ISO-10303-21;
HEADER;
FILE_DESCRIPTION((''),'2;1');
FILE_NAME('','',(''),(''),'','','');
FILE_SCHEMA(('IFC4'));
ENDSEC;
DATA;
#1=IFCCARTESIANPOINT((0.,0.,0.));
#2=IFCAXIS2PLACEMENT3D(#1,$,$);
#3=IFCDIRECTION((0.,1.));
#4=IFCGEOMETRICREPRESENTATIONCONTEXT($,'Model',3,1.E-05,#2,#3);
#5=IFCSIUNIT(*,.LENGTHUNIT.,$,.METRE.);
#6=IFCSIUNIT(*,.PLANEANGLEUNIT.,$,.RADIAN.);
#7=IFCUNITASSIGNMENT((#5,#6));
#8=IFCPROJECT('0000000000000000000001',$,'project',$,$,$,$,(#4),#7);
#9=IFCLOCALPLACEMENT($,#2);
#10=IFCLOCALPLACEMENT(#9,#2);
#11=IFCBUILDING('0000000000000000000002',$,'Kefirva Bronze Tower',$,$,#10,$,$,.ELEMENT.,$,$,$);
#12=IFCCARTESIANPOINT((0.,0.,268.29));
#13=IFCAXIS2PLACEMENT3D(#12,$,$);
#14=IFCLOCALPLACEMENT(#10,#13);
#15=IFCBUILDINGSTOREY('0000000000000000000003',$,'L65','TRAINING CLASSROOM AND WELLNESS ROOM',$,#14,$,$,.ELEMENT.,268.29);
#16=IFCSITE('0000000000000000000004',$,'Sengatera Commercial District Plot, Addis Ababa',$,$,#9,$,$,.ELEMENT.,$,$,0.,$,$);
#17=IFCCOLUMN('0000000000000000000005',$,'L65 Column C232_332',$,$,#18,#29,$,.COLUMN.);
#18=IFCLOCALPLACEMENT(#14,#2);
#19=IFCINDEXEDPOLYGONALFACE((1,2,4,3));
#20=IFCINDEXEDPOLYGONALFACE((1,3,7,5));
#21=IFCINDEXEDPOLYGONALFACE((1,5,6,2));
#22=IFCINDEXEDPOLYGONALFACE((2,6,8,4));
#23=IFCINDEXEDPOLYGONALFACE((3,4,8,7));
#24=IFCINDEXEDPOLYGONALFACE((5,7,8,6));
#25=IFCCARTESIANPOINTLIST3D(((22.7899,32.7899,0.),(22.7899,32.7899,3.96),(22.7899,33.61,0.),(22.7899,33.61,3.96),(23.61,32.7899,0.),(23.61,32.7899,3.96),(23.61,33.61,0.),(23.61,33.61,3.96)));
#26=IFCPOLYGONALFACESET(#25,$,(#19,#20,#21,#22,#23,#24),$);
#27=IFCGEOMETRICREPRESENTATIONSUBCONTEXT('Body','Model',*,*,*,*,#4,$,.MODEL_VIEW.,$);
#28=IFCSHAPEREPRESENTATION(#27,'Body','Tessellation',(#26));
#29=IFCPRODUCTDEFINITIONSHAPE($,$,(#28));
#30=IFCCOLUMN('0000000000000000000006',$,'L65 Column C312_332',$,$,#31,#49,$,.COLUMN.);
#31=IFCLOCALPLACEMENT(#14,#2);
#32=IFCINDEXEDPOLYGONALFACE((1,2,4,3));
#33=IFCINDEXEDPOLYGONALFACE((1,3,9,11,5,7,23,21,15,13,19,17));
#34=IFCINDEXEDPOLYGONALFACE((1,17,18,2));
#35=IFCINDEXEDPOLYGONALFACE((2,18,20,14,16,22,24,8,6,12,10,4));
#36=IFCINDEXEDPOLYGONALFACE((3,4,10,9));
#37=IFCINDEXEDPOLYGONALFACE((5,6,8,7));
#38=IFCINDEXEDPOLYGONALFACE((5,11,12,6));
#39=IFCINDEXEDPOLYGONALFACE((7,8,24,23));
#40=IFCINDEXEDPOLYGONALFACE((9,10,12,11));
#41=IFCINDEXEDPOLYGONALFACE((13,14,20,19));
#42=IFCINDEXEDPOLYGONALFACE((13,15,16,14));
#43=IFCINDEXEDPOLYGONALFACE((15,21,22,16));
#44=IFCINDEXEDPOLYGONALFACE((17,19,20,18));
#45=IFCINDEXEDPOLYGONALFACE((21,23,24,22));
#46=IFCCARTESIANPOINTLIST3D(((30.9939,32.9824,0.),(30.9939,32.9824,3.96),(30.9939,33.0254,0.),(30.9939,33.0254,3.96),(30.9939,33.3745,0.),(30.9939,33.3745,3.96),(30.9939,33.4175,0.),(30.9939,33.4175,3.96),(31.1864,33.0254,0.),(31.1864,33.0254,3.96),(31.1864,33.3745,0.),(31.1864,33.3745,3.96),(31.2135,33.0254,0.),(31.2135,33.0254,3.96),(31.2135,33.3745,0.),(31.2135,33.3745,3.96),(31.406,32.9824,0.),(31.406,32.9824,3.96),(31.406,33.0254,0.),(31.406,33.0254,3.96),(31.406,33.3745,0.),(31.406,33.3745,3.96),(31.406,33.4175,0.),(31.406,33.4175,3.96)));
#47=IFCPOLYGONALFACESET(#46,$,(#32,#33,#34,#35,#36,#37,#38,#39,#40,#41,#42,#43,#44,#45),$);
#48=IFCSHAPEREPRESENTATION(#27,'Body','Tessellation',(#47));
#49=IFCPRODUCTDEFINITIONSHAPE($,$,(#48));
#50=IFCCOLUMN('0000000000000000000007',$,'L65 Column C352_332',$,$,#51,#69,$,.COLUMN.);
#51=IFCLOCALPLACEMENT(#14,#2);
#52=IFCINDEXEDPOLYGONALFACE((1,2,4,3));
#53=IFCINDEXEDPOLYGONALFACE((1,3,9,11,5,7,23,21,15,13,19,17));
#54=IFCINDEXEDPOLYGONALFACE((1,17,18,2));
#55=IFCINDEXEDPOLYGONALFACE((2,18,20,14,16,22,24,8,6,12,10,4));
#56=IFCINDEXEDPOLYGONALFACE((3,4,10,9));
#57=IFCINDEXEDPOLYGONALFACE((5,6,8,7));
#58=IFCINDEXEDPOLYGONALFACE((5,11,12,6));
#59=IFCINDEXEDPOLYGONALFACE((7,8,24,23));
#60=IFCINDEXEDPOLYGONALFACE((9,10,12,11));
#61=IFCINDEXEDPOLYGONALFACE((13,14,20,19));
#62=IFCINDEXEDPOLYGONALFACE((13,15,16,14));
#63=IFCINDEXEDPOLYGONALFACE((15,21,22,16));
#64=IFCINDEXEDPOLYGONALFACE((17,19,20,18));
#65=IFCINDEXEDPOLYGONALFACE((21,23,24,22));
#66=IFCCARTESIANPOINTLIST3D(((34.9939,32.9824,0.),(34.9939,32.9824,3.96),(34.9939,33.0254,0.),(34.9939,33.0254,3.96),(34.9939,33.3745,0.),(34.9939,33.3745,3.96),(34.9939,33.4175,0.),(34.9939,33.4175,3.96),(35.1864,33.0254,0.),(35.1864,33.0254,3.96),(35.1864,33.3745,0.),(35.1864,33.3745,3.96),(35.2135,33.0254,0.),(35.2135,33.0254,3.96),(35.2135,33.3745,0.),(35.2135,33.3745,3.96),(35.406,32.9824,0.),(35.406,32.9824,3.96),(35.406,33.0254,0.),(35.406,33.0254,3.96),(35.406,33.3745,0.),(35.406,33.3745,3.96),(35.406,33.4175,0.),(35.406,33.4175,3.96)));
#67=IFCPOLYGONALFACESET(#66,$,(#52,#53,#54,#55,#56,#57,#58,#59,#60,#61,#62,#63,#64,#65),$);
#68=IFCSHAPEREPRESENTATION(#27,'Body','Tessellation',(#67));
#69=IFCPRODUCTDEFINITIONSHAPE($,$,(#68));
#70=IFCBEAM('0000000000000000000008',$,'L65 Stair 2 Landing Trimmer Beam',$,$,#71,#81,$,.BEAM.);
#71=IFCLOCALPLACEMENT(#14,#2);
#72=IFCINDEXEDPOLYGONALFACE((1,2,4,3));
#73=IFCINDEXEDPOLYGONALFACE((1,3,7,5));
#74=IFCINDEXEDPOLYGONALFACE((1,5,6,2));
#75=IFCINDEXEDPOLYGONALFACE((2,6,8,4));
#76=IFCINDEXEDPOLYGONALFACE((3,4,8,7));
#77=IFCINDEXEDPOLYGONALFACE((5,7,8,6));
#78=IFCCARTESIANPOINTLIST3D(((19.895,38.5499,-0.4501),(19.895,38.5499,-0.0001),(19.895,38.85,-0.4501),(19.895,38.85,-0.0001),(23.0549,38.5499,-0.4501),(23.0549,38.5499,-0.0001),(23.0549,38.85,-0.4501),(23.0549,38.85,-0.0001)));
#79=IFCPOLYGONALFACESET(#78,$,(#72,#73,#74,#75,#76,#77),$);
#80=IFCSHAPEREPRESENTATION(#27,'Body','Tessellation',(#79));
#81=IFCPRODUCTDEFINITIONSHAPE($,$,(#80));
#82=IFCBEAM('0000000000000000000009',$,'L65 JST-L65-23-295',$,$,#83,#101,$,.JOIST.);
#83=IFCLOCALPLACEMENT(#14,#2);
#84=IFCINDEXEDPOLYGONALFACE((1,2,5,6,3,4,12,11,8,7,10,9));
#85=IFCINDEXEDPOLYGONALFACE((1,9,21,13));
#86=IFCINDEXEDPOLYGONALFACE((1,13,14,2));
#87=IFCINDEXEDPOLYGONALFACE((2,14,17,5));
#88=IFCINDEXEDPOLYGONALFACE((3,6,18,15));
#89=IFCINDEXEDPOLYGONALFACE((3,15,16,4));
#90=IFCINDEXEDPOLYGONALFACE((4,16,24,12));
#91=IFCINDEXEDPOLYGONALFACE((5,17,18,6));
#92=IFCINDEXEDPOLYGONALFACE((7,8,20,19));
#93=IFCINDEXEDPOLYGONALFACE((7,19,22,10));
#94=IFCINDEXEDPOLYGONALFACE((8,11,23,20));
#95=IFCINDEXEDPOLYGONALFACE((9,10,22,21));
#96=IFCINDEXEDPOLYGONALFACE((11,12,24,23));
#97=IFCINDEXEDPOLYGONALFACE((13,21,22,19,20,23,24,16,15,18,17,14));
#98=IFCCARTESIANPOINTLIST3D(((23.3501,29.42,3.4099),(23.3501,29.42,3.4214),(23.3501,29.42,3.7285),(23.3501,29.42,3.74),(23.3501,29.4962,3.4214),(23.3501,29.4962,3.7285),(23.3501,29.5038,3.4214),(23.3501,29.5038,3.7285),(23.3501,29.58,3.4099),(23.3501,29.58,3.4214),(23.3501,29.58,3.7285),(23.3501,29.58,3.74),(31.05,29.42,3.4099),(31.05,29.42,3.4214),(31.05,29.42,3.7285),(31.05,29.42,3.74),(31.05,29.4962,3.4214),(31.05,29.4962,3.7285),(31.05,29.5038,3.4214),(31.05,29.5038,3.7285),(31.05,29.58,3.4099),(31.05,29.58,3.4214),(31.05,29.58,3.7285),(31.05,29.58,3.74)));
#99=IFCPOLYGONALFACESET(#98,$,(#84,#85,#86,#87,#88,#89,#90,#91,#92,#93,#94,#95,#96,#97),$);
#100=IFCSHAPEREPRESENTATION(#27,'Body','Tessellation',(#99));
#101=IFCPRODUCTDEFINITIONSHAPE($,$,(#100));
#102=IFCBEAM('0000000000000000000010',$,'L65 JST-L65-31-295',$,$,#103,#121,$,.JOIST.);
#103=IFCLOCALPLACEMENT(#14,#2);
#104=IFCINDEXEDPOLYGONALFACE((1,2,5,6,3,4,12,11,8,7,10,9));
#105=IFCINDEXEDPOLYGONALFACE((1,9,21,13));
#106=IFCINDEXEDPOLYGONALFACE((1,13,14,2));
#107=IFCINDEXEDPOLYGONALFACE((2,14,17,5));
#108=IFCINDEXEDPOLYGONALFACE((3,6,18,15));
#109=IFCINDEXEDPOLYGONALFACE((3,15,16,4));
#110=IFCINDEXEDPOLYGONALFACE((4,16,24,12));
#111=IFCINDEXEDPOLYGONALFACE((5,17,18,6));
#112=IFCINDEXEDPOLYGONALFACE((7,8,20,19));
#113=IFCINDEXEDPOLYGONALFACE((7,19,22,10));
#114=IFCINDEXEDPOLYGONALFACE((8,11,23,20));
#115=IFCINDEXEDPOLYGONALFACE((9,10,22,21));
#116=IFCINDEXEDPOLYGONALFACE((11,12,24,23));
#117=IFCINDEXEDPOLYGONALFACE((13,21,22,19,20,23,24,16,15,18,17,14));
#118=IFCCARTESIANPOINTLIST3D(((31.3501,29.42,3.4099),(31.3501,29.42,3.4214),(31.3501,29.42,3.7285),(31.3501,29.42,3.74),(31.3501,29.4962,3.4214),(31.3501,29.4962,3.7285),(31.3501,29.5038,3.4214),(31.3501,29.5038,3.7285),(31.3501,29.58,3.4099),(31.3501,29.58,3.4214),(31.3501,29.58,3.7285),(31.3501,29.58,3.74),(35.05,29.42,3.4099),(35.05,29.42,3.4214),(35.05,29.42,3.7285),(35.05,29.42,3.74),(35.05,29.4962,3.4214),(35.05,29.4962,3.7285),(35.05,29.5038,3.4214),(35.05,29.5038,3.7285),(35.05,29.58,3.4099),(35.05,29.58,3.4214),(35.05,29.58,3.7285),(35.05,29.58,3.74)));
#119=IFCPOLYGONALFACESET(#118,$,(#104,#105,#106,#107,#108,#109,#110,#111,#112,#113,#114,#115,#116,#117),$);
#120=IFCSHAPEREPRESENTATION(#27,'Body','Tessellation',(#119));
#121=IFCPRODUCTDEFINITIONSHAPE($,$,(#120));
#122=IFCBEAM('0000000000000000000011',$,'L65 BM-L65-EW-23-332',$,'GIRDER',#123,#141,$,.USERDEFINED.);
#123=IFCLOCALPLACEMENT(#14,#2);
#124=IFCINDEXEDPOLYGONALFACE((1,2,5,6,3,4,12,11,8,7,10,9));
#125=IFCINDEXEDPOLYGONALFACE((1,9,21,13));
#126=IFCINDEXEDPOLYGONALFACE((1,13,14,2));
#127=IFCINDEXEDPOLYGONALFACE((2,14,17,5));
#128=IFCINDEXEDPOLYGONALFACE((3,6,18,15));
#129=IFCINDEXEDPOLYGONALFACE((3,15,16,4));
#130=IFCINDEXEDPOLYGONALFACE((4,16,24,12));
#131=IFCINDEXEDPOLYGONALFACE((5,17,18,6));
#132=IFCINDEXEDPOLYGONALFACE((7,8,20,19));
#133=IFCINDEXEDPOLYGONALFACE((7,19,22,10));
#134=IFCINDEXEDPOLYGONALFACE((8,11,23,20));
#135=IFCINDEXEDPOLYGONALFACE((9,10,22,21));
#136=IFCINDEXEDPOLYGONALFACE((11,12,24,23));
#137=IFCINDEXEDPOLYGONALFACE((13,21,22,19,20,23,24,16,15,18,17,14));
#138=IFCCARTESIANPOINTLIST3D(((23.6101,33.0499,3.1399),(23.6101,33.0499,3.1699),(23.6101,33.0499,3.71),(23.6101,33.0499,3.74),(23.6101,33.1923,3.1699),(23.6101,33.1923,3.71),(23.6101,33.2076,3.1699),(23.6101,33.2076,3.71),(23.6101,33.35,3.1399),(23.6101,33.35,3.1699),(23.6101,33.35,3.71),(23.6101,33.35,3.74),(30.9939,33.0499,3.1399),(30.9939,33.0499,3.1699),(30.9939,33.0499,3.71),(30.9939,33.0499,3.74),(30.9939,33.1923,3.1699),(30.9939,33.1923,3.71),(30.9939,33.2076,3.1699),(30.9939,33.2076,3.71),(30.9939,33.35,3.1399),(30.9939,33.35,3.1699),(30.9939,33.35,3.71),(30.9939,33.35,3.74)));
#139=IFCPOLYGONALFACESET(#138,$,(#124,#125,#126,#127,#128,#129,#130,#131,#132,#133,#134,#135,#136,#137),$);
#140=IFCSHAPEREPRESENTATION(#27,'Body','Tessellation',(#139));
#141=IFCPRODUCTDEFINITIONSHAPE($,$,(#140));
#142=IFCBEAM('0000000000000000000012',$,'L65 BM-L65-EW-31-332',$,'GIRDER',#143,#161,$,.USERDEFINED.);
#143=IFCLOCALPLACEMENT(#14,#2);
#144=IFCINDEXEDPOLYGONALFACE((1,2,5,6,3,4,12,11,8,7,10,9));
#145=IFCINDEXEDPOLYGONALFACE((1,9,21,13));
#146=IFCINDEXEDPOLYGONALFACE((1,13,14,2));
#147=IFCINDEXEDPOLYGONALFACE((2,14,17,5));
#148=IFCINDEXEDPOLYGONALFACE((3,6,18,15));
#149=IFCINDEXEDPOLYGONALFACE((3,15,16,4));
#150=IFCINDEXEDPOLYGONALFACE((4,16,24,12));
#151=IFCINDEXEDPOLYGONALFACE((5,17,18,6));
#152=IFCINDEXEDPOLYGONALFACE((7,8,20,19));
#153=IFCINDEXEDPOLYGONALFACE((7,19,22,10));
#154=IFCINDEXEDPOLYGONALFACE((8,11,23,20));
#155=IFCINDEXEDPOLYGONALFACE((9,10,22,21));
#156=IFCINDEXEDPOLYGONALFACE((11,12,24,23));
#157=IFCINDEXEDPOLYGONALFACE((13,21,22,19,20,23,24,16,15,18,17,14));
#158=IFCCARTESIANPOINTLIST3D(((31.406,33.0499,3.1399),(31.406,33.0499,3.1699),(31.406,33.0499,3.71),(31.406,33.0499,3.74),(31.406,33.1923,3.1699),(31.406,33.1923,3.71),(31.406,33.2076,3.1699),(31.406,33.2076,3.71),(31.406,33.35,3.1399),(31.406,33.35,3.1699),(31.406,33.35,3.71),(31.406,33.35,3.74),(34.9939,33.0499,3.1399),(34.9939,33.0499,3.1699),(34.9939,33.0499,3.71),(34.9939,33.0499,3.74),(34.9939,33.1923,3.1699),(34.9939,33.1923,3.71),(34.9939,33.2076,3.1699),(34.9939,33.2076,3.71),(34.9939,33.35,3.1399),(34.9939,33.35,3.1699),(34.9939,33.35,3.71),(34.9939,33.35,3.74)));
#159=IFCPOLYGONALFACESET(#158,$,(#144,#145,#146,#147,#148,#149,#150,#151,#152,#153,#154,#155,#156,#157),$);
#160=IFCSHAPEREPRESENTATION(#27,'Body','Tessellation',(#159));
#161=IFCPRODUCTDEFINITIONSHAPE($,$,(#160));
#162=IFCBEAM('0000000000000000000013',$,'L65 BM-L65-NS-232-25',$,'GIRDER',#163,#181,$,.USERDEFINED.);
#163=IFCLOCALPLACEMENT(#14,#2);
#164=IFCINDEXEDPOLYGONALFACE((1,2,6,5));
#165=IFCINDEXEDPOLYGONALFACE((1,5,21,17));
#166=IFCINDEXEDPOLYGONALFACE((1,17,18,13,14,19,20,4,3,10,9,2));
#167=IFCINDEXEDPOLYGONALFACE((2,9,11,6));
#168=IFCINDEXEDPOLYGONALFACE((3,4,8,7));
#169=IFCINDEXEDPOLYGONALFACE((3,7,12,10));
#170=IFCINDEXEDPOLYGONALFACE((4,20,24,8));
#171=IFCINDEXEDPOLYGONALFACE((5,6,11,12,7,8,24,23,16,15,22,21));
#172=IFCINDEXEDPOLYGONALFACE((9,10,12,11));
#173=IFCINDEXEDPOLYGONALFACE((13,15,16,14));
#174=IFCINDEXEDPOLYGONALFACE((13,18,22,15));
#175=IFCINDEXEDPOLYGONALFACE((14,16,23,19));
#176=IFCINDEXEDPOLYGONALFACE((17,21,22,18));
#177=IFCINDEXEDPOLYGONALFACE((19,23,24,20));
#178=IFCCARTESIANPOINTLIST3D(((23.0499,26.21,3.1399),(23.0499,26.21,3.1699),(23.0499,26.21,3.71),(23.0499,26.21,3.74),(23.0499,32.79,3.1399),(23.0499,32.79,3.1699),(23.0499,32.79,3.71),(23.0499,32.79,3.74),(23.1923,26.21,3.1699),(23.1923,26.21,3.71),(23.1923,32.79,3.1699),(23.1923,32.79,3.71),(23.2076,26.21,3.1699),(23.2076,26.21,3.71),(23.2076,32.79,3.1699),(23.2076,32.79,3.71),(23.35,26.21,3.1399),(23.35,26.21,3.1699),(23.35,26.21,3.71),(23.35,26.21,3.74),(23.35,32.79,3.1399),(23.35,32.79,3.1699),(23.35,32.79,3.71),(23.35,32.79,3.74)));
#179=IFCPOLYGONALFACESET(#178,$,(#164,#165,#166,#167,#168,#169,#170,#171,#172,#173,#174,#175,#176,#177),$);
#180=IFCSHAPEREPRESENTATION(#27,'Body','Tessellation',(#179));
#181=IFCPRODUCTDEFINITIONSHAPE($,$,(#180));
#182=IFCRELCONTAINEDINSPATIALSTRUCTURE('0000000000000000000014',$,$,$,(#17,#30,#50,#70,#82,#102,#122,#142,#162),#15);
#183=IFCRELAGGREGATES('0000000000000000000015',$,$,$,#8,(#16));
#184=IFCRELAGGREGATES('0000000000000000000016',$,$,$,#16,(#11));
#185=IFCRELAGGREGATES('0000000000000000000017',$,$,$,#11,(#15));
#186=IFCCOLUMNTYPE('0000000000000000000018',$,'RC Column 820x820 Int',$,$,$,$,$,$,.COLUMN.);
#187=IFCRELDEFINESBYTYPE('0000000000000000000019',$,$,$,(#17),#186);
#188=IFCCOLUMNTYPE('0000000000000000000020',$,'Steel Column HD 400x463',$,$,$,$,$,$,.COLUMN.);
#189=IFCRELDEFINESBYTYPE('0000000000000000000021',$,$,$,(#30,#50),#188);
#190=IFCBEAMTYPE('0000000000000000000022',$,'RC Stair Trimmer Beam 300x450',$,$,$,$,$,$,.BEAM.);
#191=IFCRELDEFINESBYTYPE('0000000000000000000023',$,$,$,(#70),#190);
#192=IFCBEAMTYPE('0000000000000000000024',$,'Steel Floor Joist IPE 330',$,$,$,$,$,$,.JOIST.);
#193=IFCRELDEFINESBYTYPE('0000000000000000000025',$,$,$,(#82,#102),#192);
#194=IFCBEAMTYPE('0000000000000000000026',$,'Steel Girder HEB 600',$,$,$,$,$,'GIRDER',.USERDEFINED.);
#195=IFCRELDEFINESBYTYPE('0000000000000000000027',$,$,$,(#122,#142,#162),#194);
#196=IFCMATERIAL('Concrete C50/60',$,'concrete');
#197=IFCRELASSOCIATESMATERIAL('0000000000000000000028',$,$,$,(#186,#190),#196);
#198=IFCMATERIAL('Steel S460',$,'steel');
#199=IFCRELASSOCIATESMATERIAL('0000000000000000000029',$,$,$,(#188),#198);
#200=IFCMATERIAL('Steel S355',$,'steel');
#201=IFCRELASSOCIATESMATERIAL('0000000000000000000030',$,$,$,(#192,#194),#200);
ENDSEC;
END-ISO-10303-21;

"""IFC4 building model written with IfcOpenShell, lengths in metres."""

from ifc_helpers import new_model, si_unit, direction, frame, origin, origin_2d, place, context, subcontext, project, spatial, rectangle, i_section, extrude, material, material_profile, profile_set, type_object, element, save


model = new_model("IFC4")

# Units and contexts
model_context = context("Model", 3, precision=1e-05, world=origin(), true_north=direction((0.0, 1.0)))
body_context = subcontext(model_context, "Body", "Model", "MODEL_VIEW")
ifc_project = project(units=[si_unit("LENGTHUNIT", "METRE"), si_unit("PLANEANGLEUNIT", "RADIAN")], contexts=[model_context])

# Site, building, storey
site_placement = place(None, origin())
site = spatial("IfcSite", under=ifc_project, at=site_placement, Name="Sengatera Commercial District Plot, Addis Ababa", CompositionType="ELEMENT", RefElevation=0.0)
building_placement = place(site_placement, origin())
building = spatial("IfcBuilding", under=site, at=building_placement, Name="Kefirva Bronze Tower", CompositionType="ELEMENT")
storey_placement = place(building_placement, frame((0.0, 0.0, 268.29)))
storey = spatial("IfcBuildingStorey", under=building, at=storey_placement, Name="L65", Description="TRAINING CLASSROOM AND WELLNESS ROOM", CompositionType="ELEMENT", Elevation=268.29)

# Columns
ifc_material_1 = material(Name="Concrete C50/60", Category="concrete")
ifc_material_profile_1 = material_profile(ifc_material_1, rectangle(XDim=0.8201, YDim=0.8201, at=origin_2d()), Name="RC 820x820")
ifc_profile_set_1 = profile_set([ifc_material_profile_1], Name="Concrete C50/60")
column_type_1 = type_object("IfcColumnType", Name="RC Column 820x820 Int", PredefinedType="COLUMN", material=ifc_profile_set_1)
column_placement = place(storey_placement, frame((23.2, 33.2, 0.0), z_axis=(0.0, 0.0, 1.0), x_axis=(1.0, 0.0, 0.0)))
element("IfcColumn", 1, at=column_placement, inside=storey, type_object=column_type_1, Name="L65 Column C232_332", PredefinedType="COLUMN", context=body_context, shape_type="SweptSolid", body=[
    extrude(rectangle(XDim=0.8201, YDim=0.8201, at=origin_2d()), origin(), (0.0, 0.0, 1.0), 3.96),
])
ifc_material_2 = material(Name="Steel S460", Category="steel")
ifc_material_profile_2 = material_profile(ifc_material_2, i_section(OverallWidth=0.4121, OverallDepth=0.4351, WebThickness=0.0271, FlangeThickness=0.043, at=origin_2d()), Name="HD 400x463")
ifc_profile_set_2 = profile_set([ifc_material_profile_2], Name="Steel S460")
column_type_2 = type_object("IfcColumnType", Name="Steel Column HD 400x463", PredefinedType="COLUMN", material=ifc_profile_set_2)
for number, where, z_axis, x_axis, name in (
    (2, (31.2, 33.2, 0.0), (0.0, 0.0, 1.0), (1.0, 0.0, 0.0), "L65 Column C312_332"),
    (3, (35.2, 33.2, 0.0), (0.0, 0.0, 1.0), (1.0, 0.0, 0.0), "L65 Column C352_332"),
):
    element("IfcColumn", number, at=place(storey_placement, frame(where, z_axis=z_axis, x_axis=x_axis)), inside=storey, type_object=column_type_2, Name=name, PredefinedType="COLUMN", context=body_context, shape_type="SweptSolid", body=[
        extrude(i_section(OverallWidth=0.4121, OverallDepth=0.4351, WebThickness=0.0271, FlangeThickness=0.043, at=origin_2d()), origin(), (0.0, 0.0, 1.0), 3.96),
    ])

# Beams
ifc_material_profile_3 = material_profile(ifc_material_1, rectangle(XDim=0.3, YDim=0.45, at=origin_2d()), Name="RC 300x450")
ifc_profile_set_3 = profile_set([ifc_material_profile_3], Name="Concrete C50/60")
beam_type_1 = type_object("IfcBeamType", Name="RC Stair Trimmer Beam 300x450", PredefinedType="BEAM", material=ifc_profile_set_3)
beam_1_placement = place(storey_placement, frame((19.895, 38.7, -0.2251), z_axis=(1.0, 0.0, 0.0), x_axis=(0.0, 1.0, 0.0)))
element("IfcBeam", 4, at=beam_1_placement, inside=storey, type_object=beam_type_1, Name="L65 Stair 2 Landing Trimmer Beam", PredefinedType="BEAM", context=body_context, shape_type="SweptSolid", body=[
    extrude(rectangle(XDim=0.3, YDim=0.45, at=origin_2d()), origin(), (0.0, 0.0, 1.0), 3.1599),
])
ifc_material_3 = material(Name="Steel S355", Category="steel")
ifc_material_profile_4 = material_profile(ifc_material_3, i_section(OverallWidth=0.1599, OverallDepth=0.3301, WebThickness=0.0076, FlangeThickness=0.0115, at=origin_2d()), Name="IPE 330")
ifc_profile_set_4 = profile_set([ifc_material_profile_4], Name="Steel S355")
beam_type_2 = type_object("IfcBeamType", Name="Steel Floor Joist IPE 330", PredefinedType="JOIST", material=ifc_profile_set_4)
beam_2_placement = place(storey_placement, frame((23.3501, 29.5, 3.575), z_axis=(1.0, 0.0, 0.0), x_axis=(0.0, 1.0, 0.0)))
element("IfcBeam", 5, at=beam_2_placement, inside=storey, type_object=beam_type_2, Name="L65 JST-L65-23-295", PredefinedType="JOIST", context=body_context, shape_type="SweptSolid", body=[
    extrude(i_section(OverallWidth=0.1599, OverallDepth=0.3301, WebThickness=0.0076, FlangeThickness=0.0115, at=origin_2d()), origin(), (0.0, 0.0, 1.0), 7.7),
])
beam_3_placement = place(storey_placement, frame((31.3501, 29.5, 3.575), z_axis=(1.0, 0.0, 0.0), x_axis=(0.0, 1.0, 0.0)))
element("IfcBeam", 6, at=beam_3_placement, inside=storey, type_object=beam_type_2, Name="L65 JST-L65-31-295", PredefinedType="JOIST", context=body_context, shape_type="SweptSolid", body=[
    extrude(i_section(OverallWidth=0.1599, OverallDepth=0.3301, WebThickness=0.0076, FlangeThickness=0.0115, at=origin_2d()), origin(), (0.0, 0.0, 1.0), 3.7),
])
ifc_material_profile_5 = material_profile(ifc_material_3, i_section(OverallWidth=0.3, OverallDepth=0.6001, WebThickness=0.0154, FlangeThickness=0.03, at=origin_2d()), Name="HEB 600")
ifc_profile_set_5 = profile_set([ifc_material_profile_5], Name="Steel S355")
beam_type_3 = type_object("IfcBeamType", Name="Steel Girder HEB 600", ElementType="GIRDER", PredefinedType="USERDEFINED", material=ifc_profile_set_5)
beam_4_placement = place(storey_placement, frame((23.6101, 33.2, 3.4399), z_axis=(1.0, 0.0, 0.0), x_axis=(0.0, 1.0, 0.0)))
element("IfcBeam", 7, at=beam_4_placement, inside=storey, type_object=beam_type_3, Name="L65 BM-L65-EW-23-332", ObjectType="GIRDER", PredefinedType="USERDEFINED", context=body_context, shape_type="SweptSolid", body=[
    extrude(i_section(OverallWidth=0.3, OverallDepth=0.6001, WebThickness=0.0154, FlangeThickness=0.03, at=origin_2d()), origin(), (0.0, 0.0, 1.0), 7.3838),
])
beam_5_placement = place(storey_placement, frame((31.406, 33.2, 3.4399), z_axis=(1.0, 0.0, 0.0), x_axis=(0.0, 1.0, 0.0)))
element("IfcBeam", 8, at=beam_5_placement, inside=storey, type_object=beam_type_3, Name="L65 BM-L65-EW-31-332", ObjectType="GIRDER", PredefinedType="USERDEFINED", context=body_context, shape_type="SweptSolid", body=[
    extrude(i_section(OverallWidth=0.3, OverallDepth=0.6001, WebThickness=0.0154, FlangeThickness=0.03, at=origin_2d()), origin(), (0.0, 0.0, 1.0), 3.5879),
])
beam_6_placement = place(storey_placement, frame((23.2, 26.21, 3.4399), z_axis=(0.0, 1.0, 0.0), x_axis=(-1.0, 0.0, 0.0)))
element("IfcBeam", 9, at=beam_6_placement, inside=storey, type_object=beam_type_3, Name="L65 BM-L65-NS-232-25", ObjectType="GIRDER", PredefinedType="USERDEFINED", context=body_context, shape_type="SweptSolid", body=[
    extrude(i_section(OverallWidth=0.3, OverallDepth=0.6001, WebThickness=0.0154, FlangeThickness=0.03, at=origin_2d()), origin(), (0.0, 0.0, 1.0), 6.5801),
])

save(model, "model.ifc")
